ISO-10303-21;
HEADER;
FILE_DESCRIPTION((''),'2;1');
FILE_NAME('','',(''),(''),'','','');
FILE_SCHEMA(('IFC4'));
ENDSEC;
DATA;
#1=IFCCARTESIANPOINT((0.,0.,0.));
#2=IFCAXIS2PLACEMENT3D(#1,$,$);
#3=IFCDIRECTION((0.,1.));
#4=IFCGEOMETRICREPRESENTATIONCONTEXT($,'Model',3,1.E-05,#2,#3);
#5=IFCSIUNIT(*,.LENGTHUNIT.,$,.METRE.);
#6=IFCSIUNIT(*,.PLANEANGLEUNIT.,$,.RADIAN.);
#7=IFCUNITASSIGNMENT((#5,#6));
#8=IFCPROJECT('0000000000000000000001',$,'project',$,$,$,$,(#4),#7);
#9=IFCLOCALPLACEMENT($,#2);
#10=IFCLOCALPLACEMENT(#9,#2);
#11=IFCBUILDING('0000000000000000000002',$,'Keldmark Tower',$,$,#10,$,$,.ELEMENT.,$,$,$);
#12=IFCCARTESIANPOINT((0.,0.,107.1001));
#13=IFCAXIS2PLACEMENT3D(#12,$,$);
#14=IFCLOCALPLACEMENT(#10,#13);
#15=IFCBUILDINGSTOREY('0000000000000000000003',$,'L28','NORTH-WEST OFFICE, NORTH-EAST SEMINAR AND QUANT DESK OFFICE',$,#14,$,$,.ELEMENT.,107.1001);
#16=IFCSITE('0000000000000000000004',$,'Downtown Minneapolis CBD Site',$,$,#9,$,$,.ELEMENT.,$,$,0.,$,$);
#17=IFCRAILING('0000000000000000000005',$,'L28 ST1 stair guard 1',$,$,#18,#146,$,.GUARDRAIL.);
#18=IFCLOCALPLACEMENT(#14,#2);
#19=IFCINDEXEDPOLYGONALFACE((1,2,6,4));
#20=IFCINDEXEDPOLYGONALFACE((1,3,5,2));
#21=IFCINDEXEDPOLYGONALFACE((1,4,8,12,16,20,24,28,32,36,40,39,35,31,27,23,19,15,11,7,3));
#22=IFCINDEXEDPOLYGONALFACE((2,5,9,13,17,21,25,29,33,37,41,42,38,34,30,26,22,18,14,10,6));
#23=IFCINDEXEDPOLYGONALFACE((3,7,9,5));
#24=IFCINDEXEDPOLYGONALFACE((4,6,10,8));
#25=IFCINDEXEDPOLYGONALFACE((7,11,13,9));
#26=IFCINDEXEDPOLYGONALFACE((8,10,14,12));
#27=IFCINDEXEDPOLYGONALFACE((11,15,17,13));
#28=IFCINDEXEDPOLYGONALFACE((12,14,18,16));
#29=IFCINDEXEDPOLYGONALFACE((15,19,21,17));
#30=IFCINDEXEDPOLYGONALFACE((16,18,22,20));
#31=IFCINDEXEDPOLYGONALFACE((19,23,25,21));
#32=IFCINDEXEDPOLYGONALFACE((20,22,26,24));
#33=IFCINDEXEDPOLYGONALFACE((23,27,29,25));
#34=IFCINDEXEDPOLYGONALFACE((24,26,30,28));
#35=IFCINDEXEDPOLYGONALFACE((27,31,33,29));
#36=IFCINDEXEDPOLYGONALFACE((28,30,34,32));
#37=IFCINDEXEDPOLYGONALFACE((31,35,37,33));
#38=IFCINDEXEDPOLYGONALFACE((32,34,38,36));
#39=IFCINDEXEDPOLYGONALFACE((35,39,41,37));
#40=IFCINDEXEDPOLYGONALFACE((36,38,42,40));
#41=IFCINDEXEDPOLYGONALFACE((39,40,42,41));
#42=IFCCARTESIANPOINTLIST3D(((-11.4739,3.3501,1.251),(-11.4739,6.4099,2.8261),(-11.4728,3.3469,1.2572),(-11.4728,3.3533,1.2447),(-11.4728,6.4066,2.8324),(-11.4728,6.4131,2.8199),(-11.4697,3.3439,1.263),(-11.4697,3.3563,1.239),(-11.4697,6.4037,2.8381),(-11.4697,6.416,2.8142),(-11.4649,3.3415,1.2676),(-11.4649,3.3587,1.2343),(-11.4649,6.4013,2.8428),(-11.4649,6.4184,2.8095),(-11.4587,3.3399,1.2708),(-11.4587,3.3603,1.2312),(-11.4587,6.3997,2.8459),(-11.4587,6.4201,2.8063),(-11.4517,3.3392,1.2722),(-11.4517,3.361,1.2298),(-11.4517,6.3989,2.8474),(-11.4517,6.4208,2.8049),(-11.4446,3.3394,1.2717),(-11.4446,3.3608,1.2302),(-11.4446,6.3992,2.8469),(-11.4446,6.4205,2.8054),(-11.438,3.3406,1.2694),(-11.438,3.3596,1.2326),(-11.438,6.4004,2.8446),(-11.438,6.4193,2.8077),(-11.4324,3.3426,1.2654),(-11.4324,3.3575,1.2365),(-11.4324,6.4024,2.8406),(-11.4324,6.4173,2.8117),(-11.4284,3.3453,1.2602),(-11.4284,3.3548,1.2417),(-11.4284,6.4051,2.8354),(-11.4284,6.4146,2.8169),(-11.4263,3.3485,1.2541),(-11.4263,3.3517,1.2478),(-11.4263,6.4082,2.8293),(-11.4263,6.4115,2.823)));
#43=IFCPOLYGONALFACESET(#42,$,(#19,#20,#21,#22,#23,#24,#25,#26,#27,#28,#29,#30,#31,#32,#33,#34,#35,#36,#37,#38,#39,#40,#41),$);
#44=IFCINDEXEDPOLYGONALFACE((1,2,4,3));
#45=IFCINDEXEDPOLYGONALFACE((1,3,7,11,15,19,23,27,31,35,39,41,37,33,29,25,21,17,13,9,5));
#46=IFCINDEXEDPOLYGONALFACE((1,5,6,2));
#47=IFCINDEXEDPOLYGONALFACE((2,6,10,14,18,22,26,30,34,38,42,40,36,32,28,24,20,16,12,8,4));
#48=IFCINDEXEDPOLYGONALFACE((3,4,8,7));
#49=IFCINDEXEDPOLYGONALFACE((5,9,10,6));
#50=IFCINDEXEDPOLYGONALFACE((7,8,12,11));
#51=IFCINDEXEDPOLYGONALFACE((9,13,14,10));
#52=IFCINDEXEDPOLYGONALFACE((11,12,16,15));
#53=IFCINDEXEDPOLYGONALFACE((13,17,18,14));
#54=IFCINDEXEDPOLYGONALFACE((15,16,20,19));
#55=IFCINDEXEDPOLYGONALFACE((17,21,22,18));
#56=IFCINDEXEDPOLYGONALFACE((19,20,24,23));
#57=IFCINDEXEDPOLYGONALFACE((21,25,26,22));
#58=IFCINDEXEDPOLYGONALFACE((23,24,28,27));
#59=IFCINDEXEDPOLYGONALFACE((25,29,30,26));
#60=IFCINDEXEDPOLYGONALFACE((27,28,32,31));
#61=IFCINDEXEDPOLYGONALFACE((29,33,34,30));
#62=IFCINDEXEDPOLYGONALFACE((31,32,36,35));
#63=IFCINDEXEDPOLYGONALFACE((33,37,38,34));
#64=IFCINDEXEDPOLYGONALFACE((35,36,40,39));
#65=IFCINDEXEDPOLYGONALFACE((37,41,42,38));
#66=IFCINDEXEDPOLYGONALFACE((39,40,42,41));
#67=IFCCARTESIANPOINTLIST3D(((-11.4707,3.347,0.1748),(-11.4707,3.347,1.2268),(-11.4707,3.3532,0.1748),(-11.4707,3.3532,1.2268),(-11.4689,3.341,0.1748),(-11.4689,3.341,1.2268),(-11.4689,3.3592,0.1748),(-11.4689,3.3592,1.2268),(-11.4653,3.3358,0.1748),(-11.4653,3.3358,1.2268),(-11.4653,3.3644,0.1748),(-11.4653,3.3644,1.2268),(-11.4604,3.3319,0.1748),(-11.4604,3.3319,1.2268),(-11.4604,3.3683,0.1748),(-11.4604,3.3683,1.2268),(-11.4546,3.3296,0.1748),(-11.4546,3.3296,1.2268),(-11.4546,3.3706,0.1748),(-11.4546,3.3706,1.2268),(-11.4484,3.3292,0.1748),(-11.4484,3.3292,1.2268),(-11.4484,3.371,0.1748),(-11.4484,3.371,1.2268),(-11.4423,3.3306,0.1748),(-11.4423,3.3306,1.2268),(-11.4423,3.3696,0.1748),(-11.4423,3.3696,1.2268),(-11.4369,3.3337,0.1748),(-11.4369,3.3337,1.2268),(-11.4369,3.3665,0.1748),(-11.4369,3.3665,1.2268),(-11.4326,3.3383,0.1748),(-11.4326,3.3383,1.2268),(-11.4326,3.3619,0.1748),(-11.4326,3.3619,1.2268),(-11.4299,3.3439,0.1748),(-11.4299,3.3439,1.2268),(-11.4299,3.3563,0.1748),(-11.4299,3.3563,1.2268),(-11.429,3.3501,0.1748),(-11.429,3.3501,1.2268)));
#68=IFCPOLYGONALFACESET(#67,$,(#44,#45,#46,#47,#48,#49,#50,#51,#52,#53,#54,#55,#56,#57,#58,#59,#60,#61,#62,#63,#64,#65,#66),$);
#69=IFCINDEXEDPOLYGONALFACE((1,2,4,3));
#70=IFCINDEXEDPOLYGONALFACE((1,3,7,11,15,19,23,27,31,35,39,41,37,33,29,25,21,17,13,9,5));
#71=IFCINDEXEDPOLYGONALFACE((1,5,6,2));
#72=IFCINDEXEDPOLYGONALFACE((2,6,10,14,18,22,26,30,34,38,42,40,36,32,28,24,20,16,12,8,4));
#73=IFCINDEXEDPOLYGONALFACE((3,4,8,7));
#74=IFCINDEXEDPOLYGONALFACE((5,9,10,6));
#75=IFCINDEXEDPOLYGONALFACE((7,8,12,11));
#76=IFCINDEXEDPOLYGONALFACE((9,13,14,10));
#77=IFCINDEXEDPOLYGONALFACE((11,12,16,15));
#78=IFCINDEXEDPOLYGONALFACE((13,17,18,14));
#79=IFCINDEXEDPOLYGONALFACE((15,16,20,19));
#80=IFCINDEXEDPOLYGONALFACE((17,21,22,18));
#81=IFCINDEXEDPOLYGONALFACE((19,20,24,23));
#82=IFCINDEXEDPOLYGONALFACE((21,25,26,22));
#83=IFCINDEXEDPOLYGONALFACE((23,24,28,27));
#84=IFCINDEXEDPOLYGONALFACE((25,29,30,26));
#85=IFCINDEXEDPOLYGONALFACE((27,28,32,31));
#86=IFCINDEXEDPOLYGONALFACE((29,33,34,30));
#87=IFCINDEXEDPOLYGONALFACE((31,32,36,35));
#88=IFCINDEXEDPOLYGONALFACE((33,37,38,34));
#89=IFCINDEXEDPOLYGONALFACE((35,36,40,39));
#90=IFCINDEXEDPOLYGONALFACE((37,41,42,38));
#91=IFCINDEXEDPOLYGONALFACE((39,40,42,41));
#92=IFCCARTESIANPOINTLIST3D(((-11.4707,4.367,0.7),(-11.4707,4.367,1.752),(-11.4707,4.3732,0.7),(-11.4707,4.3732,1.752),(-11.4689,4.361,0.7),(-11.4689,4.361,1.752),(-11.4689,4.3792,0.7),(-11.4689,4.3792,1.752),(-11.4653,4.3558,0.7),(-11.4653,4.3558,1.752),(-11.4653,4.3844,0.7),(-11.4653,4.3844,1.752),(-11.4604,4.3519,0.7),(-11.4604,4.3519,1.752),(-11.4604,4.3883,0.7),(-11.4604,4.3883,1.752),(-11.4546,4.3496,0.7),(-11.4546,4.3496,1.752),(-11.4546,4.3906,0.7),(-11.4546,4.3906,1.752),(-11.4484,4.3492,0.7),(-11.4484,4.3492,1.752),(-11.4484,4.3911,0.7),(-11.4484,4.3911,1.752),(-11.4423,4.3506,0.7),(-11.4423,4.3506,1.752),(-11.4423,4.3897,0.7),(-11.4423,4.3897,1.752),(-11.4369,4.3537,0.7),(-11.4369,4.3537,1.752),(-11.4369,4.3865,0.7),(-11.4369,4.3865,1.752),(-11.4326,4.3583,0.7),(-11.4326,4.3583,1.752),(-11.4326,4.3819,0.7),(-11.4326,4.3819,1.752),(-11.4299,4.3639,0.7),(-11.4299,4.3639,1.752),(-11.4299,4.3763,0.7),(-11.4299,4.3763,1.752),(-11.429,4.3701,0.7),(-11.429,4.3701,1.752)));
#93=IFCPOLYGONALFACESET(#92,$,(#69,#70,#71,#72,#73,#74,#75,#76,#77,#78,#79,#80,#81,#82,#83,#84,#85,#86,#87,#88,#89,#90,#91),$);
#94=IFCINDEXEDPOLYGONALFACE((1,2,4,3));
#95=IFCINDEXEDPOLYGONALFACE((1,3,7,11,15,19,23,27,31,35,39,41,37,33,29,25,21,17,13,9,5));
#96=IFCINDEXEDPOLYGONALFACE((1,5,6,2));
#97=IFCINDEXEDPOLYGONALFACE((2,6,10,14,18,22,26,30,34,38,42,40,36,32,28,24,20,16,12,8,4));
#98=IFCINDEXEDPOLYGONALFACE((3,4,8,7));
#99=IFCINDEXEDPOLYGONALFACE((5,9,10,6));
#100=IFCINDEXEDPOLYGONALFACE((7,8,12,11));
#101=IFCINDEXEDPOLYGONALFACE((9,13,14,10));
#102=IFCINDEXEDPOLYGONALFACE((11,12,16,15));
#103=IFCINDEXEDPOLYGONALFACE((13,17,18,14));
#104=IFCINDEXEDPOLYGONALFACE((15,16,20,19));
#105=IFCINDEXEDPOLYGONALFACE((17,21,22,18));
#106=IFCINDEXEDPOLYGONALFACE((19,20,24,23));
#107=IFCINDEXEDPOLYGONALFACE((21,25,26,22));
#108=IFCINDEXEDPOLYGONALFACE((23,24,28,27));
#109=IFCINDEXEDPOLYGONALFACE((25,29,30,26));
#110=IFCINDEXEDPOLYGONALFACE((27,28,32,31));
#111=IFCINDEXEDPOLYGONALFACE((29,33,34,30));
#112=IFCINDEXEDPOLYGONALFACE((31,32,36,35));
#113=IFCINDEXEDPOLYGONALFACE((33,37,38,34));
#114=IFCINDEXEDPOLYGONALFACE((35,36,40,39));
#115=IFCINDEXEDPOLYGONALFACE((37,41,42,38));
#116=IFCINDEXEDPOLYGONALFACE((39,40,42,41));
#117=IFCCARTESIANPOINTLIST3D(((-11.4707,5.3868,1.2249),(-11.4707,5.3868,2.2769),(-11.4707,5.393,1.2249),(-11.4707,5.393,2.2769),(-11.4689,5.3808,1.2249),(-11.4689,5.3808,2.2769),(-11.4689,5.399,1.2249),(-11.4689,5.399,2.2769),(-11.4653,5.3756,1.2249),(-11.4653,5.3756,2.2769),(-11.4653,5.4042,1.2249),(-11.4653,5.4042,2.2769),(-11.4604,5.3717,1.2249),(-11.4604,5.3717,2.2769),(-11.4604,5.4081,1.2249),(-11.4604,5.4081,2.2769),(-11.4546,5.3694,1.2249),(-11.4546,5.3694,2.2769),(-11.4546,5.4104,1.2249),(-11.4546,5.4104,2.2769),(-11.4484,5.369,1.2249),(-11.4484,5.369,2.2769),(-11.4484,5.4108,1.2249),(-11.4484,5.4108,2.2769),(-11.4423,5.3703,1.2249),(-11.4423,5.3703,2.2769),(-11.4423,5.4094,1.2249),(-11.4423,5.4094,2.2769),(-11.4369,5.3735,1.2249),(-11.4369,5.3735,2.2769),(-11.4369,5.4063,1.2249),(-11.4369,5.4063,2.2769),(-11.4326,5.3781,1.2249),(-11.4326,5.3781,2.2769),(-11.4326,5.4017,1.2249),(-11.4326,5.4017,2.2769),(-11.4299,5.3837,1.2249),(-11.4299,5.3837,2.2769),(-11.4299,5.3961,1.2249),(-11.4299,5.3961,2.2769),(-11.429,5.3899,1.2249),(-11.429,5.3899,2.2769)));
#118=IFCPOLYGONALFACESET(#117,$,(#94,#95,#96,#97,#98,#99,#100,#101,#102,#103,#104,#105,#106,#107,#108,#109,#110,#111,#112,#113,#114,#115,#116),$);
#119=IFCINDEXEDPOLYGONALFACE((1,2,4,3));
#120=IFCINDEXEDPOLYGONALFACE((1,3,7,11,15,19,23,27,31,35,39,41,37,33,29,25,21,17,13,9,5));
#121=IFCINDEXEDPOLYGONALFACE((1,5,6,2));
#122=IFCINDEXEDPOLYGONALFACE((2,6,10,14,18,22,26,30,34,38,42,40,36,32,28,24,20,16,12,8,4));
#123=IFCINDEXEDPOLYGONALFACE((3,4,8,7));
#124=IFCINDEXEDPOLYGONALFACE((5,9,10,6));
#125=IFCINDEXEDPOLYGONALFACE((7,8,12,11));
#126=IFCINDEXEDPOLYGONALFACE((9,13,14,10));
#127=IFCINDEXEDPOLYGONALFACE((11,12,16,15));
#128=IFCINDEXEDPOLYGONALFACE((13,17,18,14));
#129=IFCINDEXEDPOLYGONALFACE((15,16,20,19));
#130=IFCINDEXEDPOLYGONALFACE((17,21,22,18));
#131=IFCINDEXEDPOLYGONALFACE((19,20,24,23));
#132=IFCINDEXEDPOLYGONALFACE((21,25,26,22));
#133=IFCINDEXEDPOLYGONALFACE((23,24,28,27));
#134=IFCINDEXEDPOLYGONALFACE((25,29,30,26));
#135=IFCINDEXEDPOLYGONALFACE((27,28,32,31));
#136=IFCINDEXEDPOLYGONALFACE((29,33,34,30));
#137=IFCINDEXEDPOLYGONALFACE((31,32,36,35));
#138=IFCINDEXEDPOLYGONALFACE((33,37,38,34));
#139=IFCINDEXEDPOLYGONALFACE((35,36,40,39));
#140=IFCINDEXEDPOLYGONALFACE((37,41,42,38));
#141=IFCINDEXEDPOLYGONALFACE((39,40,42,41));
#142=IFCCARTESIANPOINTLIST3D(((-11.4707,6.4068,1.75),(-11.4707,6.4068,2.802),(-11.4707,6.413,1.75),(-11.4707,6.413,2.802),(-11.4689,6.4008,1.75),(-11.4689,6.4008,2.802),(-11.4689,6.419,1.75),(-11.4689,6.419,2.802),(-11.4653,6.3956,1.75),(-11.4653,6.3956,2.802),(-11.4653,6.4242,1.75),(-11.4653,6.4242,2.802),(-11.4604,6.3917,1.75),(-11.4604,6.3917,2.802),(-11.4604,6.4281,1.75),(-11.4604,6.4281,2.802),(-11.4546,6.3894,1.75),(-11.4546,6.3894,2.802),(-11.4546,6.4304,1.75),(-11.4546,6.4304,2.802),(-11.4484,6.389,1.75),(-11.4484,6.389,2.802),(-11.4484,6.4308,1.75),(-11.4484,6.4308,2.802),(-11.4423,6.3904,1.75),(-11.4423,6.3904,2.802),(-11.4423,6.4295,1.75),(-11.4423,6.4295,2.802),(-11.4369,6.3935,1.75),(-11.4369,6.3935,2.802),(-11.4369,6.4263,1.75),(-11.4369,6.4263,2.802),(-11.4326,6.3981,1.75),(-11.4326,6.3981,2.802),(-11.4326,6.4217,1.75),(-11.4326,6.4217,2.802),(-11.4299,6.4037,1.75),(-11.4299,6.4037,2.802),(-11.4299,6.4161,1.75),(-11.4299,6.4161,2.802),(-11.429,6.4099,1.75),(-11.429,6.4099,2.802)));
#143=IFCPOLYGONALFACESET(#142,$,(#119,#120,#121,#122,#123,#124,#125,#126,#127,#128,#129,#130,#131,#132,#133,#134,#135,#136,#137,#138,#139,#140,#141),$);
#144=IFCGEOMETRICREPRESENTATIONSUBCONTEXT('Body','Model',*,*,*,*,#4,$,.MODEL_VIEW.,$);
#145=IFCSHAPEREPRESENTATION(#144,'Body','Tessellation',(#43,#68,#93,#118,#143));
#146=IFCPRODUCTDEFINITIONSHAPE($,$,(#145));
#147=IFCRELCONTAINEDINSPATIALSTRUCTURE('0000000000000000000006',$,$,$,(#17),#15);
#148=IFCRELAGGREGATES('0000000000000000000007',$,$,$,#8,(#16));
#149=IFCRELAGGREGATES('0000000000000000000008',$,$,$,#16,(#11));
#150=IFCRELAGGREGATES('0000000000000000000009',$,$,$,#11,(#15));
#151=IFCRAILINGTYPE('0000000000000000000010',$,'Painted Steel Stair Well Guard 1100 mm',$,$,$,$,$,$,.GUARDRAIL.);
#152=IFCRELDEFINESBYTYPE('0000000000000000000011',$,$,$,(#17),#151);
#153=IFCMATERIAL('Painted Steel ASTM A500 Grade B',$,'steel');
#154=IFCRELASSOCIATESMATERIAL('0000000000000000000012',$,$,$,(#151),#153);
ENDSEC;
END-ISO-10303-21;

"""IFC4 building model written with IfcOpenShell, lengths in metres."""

from ifc_helpers import new_model, si_unit, direction, frame, origin, origin_2d, place, context, subcontext, project, spatial, circle, extrude, material, type_object, element, save


model = new_model("IFC4")

# Units and contexts
model_context = context("Model", 3, precision=1e-05, world=origin(), true_north=direction((0.0, 1.0)))
body_context = subcontext(model_context, "Body", "Model", "MODEL_VIEW")
ifc_project = project(units=[si_unit("LENGTHUNIT", "METRE"), si_unit("PLANEANGLEUNIT", "RADIAN")], contexts=[model_context])

# Site, building, storey
site_placement = place(None, origin())
site = spatial("IfcSite", under=ifc_project, at=site_placement, Name="Downtown Minneapolis CBD Site", CompositionType="ELEMENT", RefElevation=0.0)
building_placement = place(site_placement, origin())
building = spatial("IfcBuilding", under=site, at=building_placement, Name="Keldmark Tower", CompositionType="ELEMENT")
storey_placement = place(building_placement, frame((0.0, 0.0, 107.1001)))
storey = spatial("IfcBuildingStorey", under=building, at=storey_placement, Name="L28", Description="NORTH-WEST OFFICE, NORTH-EAST SEMINAR AND QUANT DESK OFFICE", CompositionType="ELEMENT", Elevation=107.1001)

# Railing
ifc_material_1 = material(Name="Painted Steel ASTM A500 Grade B", Category="steel")
railing_type_1 = type_object("IfcRailingType", Name="Painted Steel Stair Well Guard 1100 mm", PredefinedType="GUARDRAIL", material=ifc_material_1)
railing_1_placement = place(storey_placement, frame((-11.45, 3.3501, 0.1748)))
element("IfcRailing", 1, at=railing_1_placement, inside=storey, type_object=railing_type_1, Name="L28 ST1 stair guard 1", PredefinedType="GUARDRAIL", context=body_context, shape_type="SweptSolid", body=[
    extrude(circle(Radius=0.0239, at=origin_2d()), frame((0.0, 0.0, 1.0762), z_axis=(0.0, 0.889101, 0.45771), x_axis=(-1.0, 0.0, 0.0)), (0.0, 0.0, 1.0), 3.4414),
    extrude(circle(Radius=0.021, at=origin_2d()), origin(), (0.0, 0.0, 1.0), 1.052),
    extrude(circle(Radius=0.021, at=origin_2d()), frame((0.0, 1.02, 0.5251)), (0.0, 0.0, 1.0), 1.052),
    extrude(circle(Radius=0.021, at=origin_2d()), frame((0.0, 2.0398, 1.05)), (0.0, 0.0, 1.0), 1.052),
    extrude(circle(Radius=0.021, at=origin_2d()), frame((0.0, 3.0598, 1.5752)), (0.0, 0.0, 1.0), 1.052),
])

save(model, "model.ifc")
